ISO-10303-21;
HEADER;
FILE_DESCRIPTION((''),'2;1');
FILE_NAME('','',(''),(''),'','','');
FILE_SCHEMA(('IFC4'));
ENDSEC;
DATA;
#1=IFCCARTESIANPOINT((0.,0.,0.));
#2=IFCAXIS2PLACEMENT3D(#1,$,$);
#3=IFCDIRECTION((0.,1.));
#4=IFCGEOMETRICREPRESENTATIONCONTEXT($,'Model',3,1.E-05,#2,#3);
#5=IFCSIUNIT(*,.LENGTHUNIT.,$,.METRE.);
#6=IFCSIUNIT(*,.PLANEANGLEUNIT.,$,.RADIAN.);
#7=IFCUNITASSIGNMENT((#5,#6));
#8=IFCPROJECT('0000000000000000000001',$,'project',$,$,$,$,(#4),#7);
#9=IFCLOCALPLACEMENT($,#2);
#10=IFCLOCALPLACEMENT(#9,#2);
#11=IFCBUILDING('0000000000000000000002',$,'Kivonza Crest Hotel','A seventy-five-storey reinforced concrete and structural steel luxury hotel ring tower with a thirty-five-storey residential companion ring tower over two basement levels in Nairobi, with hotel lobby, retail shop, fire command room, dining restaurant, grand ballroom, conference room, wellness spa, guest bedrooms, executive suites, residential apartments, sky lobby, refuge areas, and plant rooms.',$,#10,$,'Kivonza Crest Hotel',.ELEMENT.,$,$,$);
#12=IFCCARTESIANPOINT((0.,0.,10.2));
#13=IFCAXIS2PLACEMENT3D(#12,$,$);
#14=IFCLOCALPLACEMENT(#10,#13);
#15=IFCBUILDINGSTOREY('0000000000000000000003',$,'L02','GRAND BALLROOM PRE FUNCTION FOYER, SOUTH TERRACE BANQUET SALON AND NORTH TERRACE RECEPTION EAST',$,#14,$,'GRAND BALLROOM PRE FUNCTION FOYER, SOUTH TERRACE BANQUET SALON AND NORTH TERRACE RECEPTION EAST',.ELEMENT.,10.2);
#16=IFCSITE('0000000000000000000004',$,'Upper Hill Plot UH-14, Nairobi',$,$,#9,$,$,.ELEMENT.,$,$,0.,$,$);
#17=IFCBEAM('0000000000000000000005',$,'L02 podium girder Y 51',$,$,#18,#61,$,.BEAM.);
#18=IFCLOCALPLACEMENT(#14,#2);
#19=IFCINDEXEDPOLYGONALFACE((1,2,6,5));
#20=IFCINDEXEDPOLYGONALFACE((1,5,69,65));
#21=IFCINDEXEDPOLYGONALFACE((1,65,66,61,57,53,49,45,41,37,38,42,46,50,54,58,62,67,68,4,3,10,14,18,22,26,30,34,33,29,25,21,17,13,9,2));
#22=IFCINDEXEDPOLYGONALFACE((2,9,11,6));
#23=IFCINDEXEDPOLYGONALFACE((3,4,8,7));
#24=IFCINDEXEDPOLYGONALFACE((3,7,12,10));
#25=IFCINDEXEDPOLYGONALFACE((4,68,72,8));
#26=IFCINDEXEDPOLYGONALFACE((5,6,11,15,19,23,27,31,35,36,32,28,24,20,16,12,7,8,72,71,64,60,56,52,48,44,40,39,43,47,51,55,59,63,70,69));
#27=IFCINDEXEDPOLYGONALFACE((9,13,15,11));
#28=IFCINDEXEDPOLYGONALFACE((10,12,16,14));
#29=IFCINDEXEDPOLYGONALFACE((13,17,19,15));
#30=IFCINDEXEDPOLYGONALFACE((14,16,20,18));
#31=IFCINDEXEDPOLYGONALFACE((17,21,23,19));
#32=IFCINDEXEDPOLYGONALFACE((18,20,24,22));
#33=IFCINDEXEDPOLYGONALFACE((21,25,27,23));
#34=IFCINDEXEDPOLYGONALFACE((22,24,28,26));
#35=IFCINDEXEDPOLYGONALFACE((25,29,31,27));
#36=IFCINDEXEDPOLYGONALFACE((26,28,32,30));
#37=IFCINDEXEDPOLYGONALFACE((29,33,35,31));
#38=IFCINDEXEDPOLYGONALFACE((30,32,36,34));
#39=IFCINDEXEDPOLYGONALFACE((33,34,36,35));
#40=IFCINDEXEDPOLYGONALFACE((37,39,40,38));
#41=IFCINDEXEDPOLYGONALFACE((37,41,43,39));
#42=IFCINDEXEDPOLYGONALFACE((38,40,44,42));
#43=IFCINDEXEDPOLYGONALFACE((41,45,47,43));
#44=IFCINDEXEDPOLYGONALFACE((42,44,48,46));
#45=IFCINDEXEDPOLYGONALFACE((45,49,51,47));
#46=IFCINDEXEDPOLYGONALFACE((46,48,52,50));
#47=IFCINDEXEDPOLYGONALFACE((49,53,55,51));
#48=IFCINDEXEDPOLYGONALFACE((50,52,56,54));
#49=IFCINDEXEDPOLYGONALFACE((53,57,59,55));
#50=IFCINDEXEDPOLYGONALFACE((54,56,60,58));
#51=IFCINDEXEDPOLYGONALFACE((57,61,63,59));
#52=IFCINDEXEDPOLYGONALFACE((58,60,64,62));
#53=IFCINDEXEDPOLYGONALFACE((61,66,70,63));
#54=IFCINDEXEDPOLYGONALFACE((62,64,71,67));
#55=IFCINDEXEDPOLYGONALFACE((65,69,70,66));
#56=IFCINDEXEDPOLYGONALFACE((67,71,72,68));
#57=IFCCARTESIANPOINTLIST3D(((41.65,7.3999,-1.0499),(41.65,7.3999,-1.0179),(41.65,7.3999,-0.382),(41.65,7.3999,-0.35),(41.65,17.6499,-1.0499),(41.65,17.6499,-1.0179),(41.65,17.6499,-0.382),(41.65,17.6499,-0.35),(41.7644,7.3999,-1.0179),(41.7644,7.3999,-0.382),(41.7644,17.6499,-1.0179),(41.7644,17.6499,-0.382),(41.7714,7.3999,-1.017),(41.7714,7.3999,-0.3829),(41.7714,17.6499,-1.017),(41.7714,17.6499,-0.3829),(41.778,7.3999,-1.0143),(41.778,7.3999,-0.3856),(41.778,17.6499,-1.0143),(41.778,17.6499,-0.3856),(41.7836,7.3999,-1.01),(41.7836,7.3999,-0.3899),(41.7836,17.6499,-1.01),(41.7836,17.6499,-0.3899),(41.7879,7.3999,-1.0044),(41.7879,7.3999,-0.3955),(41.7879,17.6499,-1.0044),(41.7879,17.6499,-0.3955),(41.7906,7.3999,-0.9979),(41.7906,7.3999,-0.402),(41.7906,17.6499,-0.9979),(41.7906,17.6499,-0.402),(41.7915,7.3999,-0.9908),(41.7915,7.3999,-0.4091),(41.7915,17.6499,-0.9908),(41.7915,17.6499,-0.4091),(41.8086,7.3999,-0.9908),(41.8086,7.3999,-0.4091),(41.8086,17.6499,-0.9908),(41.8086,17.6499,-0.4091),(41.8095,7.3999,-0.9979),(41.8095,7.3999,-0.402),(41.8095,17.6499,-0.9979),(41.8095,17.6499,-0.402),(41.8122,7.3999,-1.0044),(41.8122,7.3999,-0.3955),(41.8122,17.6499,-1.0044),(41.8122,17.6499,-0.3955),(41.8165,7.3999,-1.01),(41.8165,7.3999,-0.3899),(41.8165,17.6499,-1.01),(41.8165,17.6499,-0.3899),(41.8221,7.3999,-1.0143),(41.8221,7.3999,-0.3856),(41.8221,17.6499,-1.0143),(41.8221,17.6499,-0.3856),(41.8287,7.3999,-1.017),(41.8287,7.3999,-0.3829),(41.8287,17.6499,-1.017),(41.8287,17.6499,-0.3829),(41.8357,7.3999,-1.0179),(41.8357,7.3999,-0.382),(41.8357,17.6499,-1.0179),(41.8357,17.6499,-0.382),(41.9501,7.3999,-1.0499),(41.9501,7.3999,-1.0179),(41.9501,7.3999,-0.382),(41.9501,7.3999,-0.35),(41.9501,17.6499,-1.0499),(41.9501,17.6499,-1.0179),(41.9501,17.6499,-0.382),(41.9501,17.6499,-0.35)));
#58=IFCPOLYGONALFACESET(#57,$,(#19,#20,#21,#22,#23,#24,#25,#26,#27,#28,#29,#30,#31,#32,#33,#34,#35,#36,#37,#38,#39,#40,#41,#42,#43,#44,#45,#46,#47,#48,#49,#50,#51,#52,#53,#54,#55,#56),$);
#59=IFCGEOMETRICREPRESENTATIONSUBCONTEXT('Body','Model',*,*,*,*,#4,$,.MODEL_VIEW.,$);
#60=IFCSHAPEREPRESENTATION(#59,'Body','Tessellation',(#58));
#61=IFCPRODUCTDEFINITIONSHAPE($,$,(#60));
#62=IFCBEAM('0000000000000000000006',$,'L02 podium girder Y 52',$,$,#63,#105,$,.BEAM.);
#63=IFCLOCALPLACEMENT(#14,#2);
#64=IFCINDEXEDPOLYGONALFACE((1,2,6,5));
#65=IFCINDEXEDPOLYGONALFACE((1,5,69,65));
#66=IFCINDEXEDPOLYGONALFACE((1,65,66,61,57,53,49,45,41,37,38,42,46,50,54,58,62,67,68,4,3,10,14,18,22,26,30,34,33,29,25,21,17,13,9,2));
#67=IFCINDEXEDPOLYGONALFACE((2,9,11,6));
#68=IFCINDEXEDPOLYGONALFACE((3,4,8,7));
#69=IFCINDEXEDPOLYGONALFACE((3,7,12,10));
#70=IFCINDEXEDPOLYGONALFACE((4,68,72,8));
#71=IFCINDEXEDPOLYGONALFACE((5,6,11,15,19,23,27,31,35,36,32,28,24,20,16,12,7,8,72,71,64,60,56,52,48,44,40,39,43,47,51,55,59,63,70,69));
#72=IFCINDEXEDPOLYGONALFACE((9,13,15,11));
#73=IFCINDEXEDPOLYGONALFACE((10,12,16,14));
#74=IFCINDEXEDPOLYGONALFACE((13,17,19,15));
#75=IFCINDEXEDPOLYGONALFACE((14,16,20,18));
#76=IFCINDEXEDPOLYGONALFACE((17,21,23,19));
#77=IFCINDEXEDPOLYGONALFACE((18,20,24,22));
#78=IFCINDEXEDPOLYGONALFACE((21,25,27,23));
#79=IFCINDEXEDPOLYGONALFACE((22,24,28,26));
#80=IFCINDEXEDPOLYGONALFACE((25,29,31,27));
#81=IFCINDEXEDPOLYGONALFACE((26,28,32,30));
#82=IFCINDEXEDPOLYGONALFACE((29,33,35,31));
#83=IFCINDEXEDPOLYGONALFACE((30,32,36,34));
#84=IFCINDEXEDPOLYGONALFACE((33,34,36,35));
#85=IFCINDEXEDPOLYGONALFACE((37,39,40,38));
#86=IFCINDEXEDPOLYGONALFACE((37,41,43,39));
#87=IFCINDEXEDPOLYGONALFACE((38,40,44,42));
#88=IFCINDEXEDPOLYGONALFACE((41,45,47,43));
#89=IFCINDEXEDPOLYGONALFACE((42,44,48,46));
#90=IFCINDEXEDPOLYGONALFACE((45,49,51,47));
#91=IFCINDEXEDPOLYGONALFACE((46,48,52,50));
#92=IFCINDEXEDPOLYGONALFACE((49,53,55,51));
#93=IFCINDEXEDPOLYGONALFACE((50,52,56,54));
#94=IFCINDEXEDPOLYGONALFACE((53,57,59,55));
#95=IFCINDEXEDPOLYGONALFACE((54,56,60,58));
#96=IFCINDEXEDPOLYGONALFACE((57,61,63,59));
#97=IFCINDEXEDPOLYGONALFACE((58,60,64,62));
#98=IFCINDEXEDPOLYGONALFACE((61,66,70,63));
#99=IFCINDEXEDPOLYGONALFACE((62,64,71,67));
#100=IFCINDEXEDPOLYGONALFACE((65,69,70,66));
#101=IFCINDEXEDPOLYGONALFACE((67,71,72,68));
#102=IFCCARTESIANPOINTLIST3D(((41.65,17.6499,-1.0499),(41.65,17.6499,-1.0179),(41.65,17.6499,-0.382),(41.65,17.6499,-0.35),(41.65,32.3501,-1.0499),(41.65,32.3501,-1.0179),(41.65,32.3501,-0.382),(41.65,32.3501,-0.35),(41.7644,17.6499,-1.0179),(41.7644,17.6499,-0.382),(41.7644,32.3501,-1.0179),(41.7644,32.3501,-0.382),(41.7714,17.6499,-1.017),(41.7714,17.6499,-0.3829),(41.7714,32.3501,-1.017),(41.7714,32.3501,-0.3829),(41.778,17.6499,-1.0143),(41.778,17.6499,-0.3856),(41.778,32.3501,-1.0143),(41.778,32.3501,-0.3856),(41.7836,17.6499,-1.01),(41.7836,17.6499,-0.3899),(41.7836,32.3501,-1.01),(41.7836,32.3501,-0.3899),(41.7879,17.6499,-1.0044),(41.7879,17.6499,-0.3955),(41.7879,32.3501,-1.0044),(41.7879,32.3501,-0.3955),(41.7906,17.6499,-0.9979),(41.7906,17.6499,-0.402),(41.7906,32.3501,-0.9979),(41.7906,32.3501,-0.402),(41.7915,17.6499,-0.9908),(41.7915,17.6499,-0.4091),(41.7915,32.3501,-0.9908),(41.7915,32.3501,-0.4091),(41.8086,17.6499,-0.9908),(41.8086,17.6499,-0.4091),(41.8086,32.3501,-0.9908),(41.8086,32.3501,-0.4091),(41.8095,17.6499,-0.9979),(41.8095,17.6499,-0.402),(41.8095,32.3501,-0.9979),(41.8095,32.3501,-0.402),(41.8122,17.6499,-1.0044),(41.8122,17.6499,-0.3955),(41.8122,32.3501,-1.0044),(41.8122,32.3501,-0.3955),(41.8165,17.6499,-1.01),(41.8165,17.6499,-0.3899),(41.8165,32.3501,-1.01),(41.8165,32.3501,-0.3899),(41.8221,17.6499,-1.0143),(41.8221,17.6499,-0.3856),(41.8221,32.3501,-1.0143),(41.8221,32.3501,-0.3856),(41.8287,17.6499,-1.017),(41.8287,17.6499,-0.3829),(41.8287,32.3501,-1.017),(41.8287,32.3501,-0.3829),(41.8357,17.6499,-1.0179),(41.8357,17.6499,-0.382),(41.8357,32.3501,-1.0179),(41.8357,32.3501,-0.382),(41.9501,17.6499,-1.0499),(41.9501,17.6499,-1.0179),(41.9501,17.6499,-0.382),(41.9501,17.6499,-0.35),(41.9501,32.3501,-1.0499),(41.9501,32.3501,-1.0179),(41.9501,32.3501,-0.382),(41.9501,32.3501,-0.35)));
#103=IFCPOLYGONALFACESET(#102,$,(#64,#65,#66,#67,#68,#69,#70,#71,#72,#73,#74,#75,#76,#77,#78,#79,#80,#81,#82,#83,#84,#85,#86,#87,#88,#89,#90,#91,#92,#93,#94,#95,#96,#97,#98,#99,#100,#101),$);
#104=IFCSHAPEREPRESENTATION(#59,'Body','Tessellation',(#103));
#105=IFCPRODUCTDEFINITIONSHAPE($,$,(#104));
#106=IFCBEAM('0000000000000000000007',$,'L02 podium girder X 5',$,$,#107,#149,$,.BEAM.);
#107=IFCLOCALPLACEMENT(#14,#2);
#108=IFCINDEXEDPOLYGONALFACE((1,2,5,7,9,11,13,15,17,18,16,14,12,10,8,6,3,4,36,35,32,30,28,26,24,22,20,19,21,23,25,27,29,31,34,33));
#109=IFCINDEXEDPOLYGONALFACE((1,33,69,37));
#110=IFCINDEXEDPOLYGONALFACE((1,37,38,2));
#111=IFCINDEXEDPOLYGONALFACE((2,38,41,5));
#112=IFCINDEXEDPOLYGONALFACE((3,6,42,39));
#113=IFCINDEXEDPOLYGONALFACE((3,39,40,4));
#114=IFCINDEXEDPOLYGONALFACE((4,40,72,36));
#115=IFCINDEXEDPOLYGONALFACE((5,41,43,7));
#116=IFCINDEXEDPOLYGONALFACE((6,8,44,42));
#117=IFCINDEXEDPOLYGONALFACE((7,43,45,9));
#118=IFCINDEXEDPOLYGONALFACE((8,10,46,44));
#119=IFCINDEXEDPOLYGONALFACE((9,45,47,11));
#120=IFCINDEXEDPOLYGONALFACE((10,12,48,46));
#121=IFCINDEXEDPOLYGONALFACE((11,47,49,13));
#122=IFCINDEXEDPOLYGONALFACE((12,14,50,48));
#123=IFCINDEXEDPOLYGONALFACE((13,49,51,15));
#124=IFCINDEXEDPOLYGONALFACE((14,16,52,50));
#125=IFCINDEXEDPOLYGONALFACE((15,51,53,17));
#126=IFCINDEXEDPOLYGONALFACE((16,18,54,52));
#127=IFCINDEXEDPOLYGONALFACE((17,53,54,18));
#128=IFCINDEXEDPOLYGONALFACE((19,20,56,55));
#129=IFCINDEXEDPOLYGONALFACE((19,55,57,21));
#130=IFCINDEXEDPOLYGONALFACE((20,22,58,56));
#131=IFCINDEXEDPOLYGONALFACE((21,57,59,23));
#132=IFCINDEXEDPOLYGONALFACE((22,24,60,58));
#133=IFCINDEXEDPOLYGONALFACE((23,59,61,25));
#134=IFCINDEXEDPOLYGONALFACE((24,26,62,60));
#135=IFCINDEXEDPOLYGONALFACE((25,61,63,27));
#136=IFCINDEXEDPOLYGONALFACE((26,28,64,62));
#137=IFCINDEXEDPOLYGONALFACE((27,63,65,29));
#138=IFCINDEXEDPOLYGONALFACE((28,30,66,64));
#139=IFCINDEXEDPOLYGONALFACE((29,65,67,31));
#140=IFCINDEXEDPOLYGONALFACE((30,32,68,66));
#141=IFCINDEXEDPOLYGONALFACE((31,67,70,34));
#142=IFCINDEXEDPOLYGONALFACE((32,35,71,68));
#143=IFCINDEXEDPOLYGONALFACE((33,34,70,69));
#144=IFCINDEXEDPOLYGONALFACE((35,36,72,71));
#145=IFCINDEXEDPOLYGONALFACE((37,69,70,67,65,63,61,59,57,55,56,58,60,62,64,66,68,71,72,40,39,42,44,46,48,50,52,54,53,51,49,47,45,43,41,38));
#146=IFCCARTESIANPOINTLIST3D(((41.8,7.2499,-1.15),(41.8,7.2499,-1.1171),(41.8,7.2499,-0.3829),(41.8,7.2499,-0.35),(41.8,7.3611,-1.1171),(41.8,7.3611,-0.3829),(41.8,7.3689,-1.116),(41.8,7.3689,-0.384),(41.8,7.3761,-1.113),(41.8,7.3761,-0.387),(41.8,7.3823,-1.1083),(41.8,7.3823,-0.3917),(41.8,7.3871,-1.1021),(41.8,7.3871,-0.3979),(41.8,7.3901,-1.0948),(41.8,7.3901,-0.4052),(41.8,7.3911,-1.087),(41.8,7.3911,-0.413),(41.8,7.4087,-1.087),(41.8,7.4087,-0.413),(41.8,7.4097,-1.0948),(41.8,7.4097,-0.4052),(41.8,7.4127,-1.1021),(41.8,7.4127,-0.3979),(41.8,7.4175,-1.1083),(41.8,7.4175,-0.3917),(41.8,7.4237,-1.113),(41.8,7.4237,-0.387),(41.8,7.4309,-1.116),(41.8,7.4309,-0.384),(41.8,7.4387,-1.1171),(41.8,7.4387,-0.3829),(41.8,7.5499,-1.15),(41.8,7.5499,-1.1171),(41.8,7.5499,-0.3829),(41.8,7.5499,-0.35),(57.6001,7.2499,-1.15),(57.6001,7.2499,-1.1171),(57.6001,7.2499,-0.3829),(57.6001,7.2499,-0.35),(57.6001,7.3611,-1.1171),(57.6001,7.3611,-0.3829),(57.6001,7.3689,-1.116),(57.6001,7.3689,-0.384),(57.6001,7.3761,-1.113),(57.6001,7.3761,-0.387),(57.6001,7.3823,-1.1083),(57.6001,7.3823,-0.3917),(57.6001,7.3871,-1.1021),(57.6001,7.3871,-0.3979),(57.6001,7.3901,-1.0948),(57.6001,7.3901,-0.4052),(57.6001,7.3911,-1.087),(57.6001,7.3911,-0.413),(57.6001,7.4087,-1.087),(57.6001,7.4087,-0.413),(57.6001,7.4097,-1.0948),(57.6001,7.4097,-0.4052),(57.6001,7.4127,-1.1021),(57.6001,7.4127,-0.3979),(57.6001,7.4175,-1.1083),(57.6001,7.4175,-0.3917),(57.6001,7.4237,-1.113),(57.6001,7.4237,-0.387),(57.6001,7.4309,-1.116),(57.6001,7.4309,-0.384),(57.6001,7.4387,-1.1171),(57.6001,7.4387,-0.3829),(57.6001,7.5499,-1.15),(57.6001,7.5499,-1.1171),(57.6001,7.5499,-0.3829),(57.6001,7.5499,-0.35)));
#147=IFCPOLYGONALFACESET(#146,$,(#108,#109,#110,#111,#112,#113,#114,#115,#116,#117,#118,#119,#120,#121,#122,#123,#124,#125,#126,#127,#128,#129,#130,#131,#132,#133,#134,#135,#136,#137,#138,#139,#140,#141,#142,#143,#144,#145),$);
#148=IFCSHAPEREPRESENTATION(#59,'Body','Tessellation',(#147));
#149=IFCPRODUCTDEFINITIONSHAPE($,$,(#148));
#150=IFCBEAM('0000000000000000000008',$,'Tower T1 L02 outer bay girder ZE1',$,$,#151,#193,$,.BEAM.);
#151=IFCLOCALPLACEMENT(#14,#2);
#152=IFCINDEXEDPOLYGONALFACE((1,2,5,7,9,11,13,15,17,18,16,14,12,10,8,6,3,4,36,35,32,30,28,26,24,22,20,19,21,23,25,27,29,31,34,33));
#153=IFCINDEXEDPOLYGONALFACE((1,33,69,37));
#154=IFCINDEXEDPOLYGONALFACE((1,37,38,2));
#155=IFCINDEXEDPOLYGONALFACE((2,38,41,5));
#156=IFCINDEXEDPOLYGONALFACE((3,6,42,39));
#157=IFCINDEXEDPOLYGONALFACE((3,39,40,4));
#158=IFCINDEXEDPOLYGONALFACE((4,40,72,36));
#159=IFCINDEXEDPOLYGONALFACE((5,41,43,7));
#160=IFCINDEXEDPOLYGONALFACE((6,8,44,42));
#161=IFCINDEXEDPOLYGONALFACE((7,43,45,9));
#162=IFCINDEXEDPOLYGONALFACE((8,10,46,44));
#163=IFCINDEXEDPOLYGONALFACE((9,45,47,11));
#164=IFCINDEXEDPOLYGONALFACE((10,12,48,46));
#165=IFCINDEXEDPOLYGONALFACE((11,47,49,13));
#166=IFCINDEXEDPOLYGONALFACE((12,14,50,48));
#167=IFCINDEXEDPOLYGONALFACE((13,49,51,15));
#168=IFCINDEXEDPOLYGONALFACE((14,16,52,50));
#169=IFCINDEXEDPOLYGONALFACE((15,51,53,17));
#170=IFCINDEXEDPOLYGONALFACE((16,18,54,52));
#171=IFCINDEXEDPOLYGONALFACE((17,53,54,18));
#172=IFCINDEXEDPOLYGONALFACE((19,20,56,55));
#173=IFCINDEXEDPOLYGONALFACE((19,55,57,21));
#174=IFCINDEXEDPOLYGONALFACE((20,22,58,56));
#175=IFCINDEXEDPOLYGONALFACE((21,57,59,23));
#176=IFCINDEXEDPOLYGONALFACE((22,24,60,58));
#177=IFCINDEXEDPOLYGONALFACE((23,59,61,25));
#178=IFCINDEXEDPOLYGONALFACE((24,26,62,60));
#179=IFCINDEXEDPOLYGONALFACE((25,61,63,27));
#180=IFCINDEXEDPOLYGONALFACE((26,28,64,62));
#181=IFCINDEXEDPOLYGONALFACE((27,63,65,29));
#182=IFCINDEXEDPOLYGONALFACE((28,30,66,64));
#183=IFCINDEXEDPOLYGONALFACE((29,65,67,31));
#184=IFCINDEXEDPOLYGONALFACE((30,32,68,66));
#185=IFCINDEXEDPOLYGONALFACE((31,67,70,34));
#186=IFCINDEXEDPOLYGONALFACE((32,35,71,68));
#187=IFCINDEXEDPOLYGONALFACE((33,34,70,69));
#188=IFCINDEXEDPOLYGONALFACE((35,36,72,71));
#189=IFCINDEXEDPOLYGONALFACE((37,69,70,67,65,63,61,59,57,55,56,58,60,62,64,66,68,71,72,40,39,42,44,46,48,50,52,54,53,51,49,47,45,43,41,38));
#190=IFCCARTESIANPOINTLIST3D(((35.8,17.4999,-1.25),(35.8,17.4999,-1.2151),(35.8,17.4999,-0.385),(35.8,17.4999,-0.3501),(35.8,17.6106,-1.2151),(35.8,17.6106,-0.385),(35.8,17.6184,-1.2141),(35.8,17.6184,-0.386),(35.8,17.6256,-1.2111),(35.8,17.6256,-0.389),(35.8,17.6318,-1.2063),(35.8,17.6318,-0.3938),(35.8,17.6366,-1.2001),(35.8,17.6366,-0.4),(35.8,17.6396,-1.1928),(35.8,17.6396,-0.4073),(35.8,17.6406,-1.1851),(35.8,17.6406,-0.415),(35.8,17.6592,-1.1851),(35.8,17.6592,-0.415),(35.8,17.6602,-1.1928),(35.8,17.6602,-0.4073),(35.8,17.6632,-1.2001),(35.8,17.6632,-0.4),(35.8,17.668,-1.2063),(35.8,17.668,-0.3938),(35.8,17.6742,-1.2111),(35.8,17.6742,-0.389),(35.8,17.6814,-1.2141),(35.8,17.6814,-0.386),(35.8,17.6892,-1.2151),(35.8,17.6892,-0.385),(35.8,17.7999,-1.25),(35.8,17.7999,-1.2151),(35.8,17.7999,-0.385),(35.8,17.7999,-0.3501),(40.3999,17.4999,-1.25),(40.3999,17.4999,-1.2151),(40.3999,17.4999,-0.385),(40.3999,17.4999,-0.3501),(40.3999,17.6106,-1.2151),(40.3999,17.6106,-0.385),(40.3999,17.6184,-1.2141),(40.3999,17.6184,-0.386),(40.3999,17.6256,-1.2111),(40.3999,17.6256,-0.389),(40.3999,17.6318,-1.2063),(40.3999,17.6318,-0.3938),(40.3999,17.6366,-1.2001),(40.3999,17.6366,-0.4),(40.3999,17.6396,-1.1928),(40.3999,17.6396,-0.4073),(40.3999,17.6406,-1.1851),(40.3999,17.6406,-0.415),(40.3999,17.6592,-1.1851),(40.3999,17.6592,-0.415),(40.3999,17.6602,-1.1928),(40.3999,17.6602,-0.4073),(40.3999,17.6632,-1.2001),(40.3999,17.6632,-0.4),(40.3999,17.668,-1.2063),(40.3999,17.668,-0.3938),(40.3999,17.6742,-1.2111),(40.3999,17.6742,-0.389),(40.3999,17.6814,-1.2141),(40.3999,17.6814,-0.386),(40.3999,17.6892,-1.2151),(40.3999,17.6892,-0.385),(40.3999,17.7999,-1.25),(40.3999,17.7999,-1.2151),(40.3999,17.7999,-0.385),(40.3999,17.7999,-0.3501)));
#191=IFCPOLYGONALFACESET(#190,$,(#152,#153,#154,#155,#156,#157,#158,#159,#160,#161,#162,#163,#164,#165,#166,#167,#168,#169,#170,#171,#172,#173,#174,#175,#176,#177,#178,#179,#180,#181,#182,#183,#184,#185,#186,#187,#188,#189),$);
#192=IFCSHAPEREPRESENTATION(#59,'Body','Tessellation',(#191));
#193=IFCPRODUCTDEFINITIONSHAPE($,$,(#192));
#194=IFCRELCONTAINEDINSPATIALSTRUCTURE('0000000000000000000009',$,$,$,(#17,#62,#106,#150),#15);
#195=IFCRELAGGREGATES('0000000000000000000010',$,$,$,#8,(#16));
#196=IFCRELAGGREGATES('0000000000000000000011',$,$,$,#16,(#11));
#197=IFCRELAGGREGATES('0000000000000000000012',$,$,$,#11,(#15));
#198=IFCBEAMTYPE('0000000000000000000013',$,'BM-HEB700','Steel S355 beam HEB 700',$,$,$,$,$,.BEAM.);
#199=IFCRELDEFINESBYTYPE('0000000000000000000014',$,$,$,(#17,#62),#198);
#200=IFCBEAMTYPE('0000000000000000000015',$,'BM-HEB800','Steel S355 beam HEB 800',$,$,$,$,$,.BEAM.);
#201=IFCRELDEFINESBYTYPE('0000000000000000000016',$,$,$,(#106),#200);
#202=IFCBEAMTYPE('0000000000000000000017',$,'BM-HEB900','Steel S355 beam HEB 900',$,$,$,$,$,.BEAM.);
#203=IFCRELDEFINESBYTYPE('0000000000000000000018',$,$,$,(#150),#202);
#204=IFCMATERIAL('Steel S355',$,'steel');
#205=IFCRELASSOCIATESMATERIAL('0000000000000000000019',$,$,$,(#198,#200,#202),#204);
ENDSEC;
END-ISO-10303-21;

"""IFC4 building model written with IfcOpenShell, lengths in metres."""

from ifc_helpers import new_model, si_unit, direction, frame, origin, origin_2d, place, context, subcontext, project, spatial, i_section, extrude, material, material_profile, profile_set, type_object, element, save


model = new_model("IFC4")

# Units and contexts
model_context = context("Model", 3, precision=1e-05, world=origin(), true_north=direction((0.0, 1.0)))
body_context = subcontext(model_context, "Body", "Model", "MODEL_VIEW")
ifc_project = project(units=[si_unit("LENGTHUNIT", "METRE"), si_unit("PLANEANGLEUNIT", "RADIAN")], contexts=[model_context])

# Site, building, storey
site_placement = place(None, origin())
site = spatial("IfcSite", under=ifc_project, at=site_placement, Name="Upper Hill Plot UH-14, Nairobi", CompositionType="ELEMENT", RefElevation=0.0)
building_placement = place(site_placement, origin())
building = spatial("IfcBuilding", under=site, at=building_placement, Name="Kivonza Crest Hotel", Description="A seventy-five-storey reinforced concrete and structural steel luxury hotel ring tower with a thirty-five-storey residential companion ring tower over two basement levels in Nairobi, with hotel lobby, retail shop, fire command room, dining restaurant, grand ballroom, conference room, wellness spa, guest bedrooms, executive suites, residential apartments, sky lobby, refuge areas, and plant rooms.", LongName="Kivonza Crest Hotel", CompositionType="ELEMENT")
storey_placement = place(building_placement, frame((0.0, 0.0, 10.2)))
storey = spatial("IfcBuildingStorey", under=building, at=storey_placement, Name="L02", Description="GRAND BALLROOM PRE FUNCTION FOYER, SOUTH TERRACE BANQUET SALON AND NORTH TERRACE RECEPTION EAST", LongName="GRAND BALLROOM PRE FUNCTION FOYER, SOUTH TERRACE BANQUET SALON AND NORTH TERRACE RECEPTION EAST", CompositionType="ELEMENT", Elevation=10.2)

# Beams
ifc_material_1 = material(Name="Steel S355", Category="steel")
ifc_material_profile_1 = material_profile(ifc_material_1, i_section(OverallWidth=0.3, OverallDepth=0.7, WebThickness=0.0171, FlangeThickness=0.032, FilletRadius=0.0271, at=origin_2d()), Name="HEB 700")
ifc_profile_set_1 = profile_set([ifc_material_profile_1], Name="Steel S355")
beam_type_1 = type_object("IfcBeamType", Name="BM-HEB700", Description="Steel S355 beam HEB 700", PredefinedType="BEAM", material=ifc_profile_set_1)
beam_1_placement = place(storey_placement, frame((41.8, 7.3999, -0.7), z_axis=(0.0, 1.0, 0.0), x_axis=(-1.0, 0.0, 0.0)))
element("IfcBeam", 1, at=beam_1_placement, inside=storey, type_object=beam_type_1, Name="L02 podium girder Y 51", PredefinedType="BEAM", context=body_context, shape_type="SweptSolid", body=[
    extrude(i_section(OverallWidth=0.3, OverallDepth=0.7, WebThickness=0.0171, FlangeThickness=0.032, FilletRadius=0.0271, at=origin_2d()), origin(), (0.0, 0.0, 1.0), 10.25),
])
beam_2_placement = place(storey_placement, frame((41.8, 17.6499, -0.7), z_axis=(0.0, 1.0, 0.0), x_axis=(-1.0, 0.0, 0.0)))
element("IfcBeam", 2, at=beam_2_placement, inside=storey, type_object=beam_type_1, Name="L02 podium girder Y 52", PredefinedType="BEAM", context=body_context, shape_type="SweptSolid", body=[
    extrude(i_section(OverallWidth=0.3, OverallDepth=0.7, WebThickness=0.0171, FlangeThickness=0.032, FilletRadius=0.0271, at=origin_2d()), origin(), (0.0, 0.0, 1.0), 14.7002),
])
ifc_material_profile_2 = material_profile(ifc_material_1, i_section(OverallWidth=0.3, OverallDepth=0.8, WebThickness=0.0176, FlangeThickness=0.033, FilletRadius=0.03, at=origin_2d()), Name="HEB 800")
ifc_profile_set_2 = profile_set([ifc_material_profile_2], Name="Steel S355")
beam_type_2 = type_object("IfcBeamType", Name="BM-HEB800", Description="Steel S355 beam HEB 800", PredefinedType="BEAM", material=ifc_profile_set_2)
beam_3_placement = place(storey_placement, frame((41.8, 7.3999, -0.75), z_axis=(1.0, 0.0, 0.0), x_axis=(0.0, 1.0, 0.0)))
element("IfcBeam", 3, at=beam_3_placement, inside=storey, type_object=beam_type_2, Name="L02 podium girder X 5", PredefinedType="BEAM", context=body_context, shape_type="SweptSolid", body=[
    extrude(i_section(OverallWidth=0.3, OverallDepth=0.8, WebThickness=0.0176, FlangeThickness=0.033, FilletRadius=0.03, at=origin_2d()), origin(), (0.0, 0.0, 1.0), 15.8),
])
ifc_material_profile_3 = material_profile(ifc_material_1, i_section(OverallWidth=0.3, OverallDepth=0.8999, WebThickness=0.0186, FlangeThickness=0.0349, FilletRadius=0.03, at=origin_2d()), Name="HEB 900")
ifc_profile_set_3 = profile_set([ifc_material_profile_3], Name="Steel S355")
beam_type_3 = type_object("IfcBeamType", Name="BM-HEB900", Description="Steel S355 beam HEB 900", PredefinedType="BEAM", material=ifc_profile_set_3)
beam_4_placement = place(storey_placement, frame((40.3999, 17.6499, -0.8), z_axis=(-1.0, 0.0, 0.0), x_axis=(0.0, -1.0, 0.0)))
element("IfcBeam", 4, at=beam_4_placement, inside=storey, type_object=beam_type_3, Name="Tower T1 L02 outer bay girder ZE1", PredefinedType="BEAM", context=body_context, shape_type="SweptSolid", body=[
    extrude(i_section(OverallWidth=0.3, OverallDepth=0.8999, WebThickness=0.0186, FlangeThickness=0.0349, FilletRadius=0.03, at=origin_2d()), origin(), (0.0, 0.0, 1.0), 4.5999),
])

save(model, "model.ifc")
